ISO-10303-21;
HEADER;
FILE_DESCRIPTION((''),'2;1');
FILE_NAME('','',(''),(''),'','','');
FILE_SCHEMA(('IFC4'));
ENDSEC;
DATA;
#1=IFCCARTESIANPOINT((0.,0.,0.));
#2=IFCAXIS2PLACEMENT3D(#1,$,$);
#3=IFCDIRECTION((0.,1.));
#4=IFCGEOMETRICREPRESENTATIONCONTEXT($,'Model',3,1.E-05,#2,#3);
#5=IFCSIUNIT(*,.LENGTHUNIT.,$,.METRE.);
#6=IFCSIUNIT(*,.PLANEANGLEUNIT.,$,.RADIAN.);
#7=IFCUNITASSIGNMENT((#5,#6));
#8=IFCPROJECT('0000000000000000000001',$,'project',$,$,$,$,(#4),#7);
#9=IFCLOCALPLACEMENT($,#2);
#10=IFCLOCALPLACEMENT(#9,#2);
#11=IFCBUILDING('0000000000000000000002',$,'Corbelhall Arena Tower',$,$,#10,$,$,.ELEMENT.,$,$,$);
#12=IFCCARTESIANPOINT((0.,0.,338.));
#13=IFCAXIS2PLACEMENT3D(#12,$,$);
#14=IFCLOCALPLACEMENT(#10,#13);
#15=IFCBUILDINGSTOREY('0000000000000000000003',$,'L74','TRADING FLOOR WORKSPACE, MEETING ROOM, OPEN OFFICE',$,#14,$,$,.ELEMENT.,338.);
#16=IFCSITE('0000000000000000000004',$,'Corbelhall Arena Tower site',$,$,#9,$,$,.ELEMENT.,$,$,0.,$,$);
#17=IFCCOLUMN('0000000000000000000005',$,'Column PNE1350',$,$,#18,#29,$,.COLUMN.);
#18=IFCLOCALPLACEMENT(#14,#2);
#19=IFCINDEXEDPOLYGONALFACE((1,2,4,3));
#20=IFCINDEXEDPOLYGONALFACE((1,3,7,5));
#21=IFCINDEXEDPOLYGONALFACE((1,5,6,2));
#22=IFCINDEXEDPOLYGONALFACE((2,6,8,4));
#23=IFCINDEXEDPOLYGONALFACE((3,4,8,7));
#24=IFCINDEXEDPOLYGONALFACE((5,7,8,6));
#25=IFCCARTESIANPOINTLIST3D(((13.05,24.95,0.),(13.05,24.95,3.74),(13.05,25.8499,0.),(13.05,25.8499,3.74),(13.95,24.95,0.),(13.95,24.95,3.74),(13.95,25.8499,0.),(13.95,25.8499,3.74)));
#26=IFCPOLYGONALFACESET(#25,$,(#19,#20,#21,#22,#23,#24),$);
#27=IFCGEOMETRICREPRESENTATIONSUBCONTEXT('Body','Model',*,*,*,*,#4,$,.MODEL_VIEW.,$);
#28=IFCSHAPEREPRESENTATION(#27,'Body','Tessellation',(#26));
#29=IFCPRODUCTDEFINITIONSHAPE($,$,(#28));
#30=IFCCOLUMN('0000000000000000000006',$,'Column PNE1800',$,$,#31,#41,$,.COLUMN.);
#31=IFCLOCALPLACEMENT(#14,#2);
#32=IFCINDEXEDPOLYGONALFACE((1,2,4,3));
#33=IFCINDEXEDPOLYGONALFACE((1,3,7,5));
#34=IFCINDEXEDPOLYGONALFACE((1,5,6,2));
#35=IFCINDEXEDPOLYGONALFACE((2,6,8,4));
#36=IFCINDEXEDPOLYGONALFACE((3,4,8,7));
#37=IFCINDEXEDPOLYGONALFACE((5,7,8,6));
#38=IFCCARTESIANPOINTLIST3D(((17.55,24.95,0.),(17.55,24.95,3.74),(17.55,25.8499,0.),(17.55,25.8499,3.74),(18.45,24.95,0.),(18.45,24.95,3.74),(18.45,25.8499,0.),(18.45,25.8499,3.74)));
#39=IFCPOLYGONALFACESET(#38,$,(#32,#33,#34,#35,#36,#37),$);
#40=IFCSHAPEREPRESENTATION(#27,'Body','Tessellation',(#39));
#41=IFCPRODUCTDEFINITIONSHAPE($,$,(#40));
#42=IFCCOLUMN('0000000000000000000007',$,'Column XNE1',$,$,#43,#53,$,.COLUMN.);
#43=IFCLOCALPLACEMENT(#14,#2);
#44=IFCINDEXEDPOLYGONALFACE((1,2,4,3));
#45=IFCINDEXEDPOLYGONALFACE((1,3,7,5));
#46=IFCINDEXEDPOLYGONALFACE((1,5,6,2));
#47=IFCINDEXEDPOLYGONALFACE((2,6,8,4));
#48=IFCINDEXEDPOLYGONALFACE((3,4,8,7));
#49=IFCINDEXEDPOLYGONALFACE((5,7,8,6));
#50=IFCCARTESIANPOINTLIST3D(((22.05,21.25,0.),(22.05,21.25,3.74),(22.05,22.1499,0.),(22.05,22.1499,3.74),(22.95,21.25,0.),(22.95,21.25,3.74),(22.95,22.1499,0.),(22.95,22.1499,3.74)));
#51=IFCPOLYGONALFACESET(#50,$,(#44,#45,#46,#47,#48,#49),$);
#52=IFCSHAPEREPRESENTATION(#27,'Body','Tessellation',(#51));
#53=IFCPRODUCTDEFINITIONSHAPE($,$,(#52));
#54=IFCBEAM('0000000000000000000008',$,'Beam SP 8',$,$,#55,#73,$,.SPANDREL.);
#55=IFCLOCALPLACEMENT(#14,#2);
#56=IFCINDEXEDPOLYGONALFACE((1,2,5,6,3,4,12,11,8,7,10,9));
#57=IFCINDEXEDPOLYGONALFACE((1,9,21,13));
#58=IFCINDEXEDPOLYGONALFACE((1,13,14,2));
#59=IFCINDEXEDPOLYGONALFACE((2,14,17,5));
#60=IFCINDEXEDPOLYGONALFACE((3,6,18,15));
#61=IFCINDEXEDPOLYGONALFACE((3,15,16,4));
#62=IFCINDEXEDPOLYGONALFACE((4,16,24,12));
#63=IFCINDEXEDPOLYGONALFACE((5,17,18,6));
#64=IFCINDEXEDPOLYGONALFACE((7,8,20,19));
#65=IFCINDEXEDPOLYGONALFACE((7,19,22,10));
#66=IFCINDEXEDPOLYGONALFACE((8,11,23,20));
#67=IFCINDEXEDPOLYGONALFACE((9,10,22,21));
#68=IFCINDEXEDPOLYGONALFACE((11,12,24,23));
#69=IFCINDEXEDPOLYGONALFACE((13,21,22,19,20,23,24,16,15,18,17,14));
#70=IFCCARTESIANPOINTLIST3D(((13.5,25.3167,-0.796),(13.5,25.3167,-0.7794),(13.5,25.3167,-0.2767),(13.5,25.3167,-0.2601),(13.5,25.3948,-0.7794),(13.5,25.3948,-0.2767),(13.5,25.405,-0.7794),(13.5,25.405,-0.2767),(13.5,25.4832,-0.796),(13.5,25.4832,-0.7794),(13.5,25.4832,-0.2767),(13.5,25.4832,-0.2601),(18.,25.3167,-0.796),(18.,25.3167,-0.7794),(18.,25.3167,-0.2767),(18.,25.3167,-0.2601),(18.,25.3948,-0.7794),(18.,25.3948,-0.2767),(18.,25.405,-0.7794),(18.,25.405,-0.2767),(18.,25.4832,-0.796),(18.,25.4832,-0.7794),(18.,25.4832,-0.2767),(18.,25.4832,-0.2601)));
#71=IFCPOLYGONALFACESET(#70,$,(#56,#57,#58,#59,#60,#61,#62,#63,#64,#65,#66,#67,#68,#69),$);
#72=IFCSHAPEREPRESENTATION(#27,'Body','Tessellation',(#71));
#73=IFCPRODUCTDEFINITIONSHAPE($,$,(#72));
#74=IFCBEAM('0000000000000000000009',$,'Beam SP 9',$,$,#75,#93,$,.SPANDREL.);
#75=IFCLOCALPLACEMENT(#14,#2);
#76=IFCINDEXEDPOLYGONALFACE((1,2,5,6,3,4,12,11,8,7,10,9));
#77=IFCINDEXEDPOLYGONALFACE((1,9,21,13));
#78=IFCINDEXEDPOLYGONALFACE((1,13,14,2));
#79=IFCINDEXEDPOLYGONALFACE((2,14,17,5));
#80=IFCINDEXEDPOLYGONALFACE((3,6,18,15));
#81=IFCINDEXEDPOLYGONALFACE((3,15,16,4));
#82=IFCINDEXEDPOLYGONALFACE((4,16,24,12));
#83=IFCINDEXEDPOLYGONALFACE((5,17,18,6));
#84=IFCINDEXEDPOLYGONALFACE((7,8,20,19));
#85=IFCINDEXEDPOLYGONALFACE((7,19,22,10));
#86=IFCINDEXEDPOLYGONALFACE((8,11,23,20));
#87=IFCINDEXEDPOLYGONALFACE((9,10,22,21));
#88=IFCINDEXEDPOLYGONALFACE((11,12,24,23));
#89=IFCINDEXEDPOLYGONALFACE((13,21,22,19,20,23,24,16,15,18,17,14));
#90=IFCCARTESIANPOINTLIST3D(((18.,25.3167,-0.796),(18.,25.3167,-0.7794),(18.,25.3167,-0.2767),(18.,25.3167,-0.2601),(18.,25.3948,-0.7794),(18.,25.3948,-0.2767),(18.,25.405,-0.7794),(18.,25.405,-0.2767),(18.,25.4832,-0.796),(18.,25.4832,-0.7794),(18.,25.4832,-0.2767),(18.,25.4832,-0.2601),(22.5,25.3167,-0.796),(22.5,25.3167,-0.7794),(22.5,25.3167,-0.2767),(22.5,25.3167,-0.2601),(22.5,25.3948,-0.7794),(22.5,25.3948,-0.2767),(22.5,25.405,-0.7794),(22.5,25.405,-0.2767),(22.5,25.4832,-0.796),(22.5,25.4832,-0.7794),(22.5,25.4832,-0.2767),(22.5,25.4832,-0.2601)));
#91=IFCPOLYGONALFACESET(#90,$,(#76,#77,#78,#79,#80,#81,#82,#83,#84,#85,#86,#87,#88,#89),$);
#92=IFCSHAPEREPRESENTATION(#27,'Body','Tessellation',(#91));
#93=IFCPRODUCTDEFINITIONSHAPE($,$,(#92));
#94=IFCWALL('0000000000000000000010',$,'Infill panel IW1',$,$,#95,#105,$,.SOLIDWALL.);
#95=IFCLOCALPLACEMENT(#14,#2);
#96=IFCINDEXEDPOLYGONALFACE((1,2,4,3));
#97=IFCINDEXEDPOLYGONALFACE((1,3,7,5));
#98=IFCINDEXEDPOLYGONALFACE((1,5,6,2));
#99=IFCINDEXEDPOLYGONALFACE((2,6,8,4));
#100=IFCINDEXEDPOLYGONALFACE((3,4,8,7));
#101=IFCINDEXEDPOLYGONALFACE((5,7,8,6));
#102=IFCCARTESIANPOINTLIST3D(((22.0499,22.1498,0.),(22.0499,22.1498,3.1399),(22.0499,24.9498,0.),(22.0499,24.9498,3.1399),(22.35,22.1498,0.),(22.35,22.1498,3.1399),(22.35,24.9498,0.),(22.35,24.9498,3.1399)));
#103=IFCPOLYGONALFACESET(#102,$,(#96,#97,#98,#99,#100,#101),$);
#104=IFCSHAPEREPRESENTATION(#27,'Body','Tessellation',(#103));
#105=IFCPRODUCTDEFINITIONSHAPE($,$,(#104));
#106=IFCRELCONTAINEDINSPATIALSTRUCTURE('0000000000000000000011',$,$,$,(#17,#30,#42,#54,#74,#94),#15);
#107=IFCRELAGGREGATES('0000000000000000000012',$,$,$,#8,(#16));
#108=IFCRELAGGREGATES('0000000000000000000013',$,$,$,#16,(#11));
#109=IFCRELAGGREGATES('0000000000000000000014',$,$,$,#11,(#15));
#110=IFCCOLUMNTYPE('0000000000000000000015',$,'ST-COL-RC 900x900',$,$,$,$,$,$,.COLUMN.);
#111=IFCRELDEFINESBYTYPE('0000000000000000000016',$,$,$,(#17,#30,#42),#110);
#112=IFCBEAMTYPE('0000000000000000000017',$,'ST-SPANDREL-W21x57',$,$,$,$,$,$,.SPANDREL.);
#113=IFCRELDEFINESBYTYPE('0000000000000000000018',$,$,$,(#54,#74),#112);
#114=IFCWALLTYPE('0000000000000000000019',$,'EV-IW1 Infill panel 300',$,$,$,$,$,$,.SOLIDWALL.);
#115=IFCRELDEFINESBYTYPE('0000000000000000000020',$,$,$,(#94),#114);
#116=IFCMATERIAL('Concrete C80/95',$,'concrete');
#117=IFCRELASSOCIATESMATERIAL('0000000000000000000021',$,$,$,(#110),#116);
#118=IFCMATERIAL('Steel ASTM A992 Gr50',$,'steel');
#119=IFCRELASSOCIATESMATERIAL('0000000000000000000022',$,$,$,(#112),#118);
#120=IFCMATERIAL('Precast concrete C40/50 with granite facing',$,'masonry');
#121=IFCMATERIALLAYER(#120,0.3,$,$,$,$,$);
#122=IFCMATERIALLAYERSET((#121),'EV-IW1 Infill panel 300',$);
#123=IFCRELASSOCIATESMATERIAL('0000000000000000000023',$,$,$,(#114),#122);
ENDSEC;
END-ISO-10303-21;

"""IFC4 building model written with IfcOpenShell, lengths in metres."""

from ifc_helpers import new_model, si_unit, direction, frame, frame_2d, origin, origin_2d, place, context, subcontext, project, spatial, rectangle, i_section, extrude, material, layer, layer_set, material_profile, profile_set, type_object, element, save


model = new_model("IFC4")

# Units and contexts
model_context = context("Model", 3, precision=1e-05, world=origin(), true_north=direction((0.0, 1.0)))
body_context = subcontext(model_context, "Body", "Model", "MODEL_VIEW")
ifc_project = project(units=[si_unit("LENGTHUNIT", "METRE"), si_unit("PLANEANGLEUNIT", "RADIAN")], contexts=[model_context])

# Site, building, storey
site_placement = place(None, origin())
site = spatial("IfcSite", under=ifc_project, at=site_placement, Name="Corbelhall Arena Tower site", CompositionType="ELEMENT", RefElevation=0.0)
building_placement = place(site_placement, origin())
building = spatial("IfcBuilding", under=site, at=building_placement, Name="Corbelhall Arena Tower", CompositionType="ELEMENT")
storey_placement = place(building_placement, frame((0.0, 0.0, 338.0)))
storey = spatial("IfcBuildingStorey", under=building, at=storey_placement, Name="L74", Description="TRADING FLOOR WORKSPACE, MEETING ROOM, OPEN OFFICE", CompositionType="ELEMENT", Elevation=338.0)

# Columns
ifc_material_1 = material(Name="Concrete C80/95", Category="concrete")
ifc_material_profile_1 = material_profile(ifc_material_1, rectangle(XDim=0.8999, YDim=0.8999, at=origin_2d()))
ifc_profile_set_1 = profile_set([ifc_material_profile_1], Name="Concrete C80/95")
column_type = type_object("IfcColumnType", Name="ST-COL-RC 900x900", PredefinedType="COLUMN", material=ifc_profile_set_1)
for number, where, z_axis, x_axis, name in (
    (1, (13.5, 25.3999, 0.0), (0.0, 0.0, 1.0), (1.0, 0.0, 0.0), "Column PNE1350"),
    (2, (18.0, 25.3999, 0.0), (0.0, 0.0, 1.0), (1.0, 0.0, 0.0), "Column PNE1800"),
    (3, (22.5, 21.7, 0.0), (0.0, 0.0, 1.0), (1.0, 0.0, 0.0), "Column XNE1"),
):
    element("IfcColumn", number, at=place(storey_placement, frame(where, z_axis=z_axis, x_axis=x_axis)), inside=storey, type_object=column_type, Name=name, PredefinedType="COLUMN", context=body_context, shape_type="SweptSolid", body=[
        extrude(rectangle(XDim=0.8999, YDim=0.8999, at=origin_2d()), origin(), (0.0, 0.0, 1.0), 3.74),
    ])

# Beams
ifc_material_2 = material(Name="Steel ASTM A992 Gr50", Category="steel")
ifc_material_profile_2 = material_profile(ifc_material_2, i_section(OverallWidth=0.1665, OverallDepth=0.5359, WebThickness=0.0103, FlangeThickness=0.0166, at=origin_2d()))
ifc_profile_set_2 = profile_set([ifc_material_profile_2], Name="Steel ASTM A992 Gr50")
beam_type = type_object("IfcBeamType", Name="ST-SPANDREL-W21x57", PredefinedType="SPANDREL", material=ifc_profile_set_2)
for number, where, z_axis, x_axis, name in (
    (4, (13.5, 25.3999, -0.5281), (1.0, 0.0, 0.0), (0.0, 1.0, 0.0), "Beam SP 8"),
    (5, (18.0, 25.3999, -0.5281), (1.0, 0.0, 0.0), (0.0, 1.0, 0.0), "Beam SP 9"),
):
    element("IfcBeam", number, at=place(storey_placement, frame(where, z_axis=z_axis, x_axis=x_axis)), inside=storey, type_object=beam_type, Name=name, PredefinedType="SPANDREL", context=body_context, shape_type="SweptSolid", body=[
        extrude(i_section(OverallWidth=0.1665, OverallDepth=0.5359, WebThickness=0.0103, FlangeThickness=0.0166, at=origin_2d()), origin(), (0.0, 0.0, 1.0), 4.5),
    ])

# Wall
ifc_material_3 = material(Name="Precast concrete C40/50 with granite facing", Category="masonry")
ifc_layer_1 = layer(ifc_material_3, 0.3)
ifc_layer_set_1 = layer_set([ifc_layer_1], Name="EV-IW1 Infill panel 300")
wall_type_1 = type_object("IfcWallType", Name="EV-IW1 Infill panel 300", PredefinedType="SOLIDWALL", material=ifc_layer_set_1)
wall_1_placement = place(storey_placement, frame((22.2, 22.1499, 0.0), z_axis=(0.0, 0.0, 1.0), x_axis=(0.0, 1.0, 0.0)))
element("IfcWall", 6, at=wall_1_placement, inside=storey, type_object=wall_type_1, Name="Infill panel IW1", PredefinedType="SOLIDWALL", context=body_context, shape_type="SweptSolid", body=[
    extrude(rectangle(XDim=2.8, YDim=0.3, at=frame_2d((1.3999, 0.0))), origin(), (0.0, 0.0, 1.0), 3.1399),
])

save(model, "model.ifc")
